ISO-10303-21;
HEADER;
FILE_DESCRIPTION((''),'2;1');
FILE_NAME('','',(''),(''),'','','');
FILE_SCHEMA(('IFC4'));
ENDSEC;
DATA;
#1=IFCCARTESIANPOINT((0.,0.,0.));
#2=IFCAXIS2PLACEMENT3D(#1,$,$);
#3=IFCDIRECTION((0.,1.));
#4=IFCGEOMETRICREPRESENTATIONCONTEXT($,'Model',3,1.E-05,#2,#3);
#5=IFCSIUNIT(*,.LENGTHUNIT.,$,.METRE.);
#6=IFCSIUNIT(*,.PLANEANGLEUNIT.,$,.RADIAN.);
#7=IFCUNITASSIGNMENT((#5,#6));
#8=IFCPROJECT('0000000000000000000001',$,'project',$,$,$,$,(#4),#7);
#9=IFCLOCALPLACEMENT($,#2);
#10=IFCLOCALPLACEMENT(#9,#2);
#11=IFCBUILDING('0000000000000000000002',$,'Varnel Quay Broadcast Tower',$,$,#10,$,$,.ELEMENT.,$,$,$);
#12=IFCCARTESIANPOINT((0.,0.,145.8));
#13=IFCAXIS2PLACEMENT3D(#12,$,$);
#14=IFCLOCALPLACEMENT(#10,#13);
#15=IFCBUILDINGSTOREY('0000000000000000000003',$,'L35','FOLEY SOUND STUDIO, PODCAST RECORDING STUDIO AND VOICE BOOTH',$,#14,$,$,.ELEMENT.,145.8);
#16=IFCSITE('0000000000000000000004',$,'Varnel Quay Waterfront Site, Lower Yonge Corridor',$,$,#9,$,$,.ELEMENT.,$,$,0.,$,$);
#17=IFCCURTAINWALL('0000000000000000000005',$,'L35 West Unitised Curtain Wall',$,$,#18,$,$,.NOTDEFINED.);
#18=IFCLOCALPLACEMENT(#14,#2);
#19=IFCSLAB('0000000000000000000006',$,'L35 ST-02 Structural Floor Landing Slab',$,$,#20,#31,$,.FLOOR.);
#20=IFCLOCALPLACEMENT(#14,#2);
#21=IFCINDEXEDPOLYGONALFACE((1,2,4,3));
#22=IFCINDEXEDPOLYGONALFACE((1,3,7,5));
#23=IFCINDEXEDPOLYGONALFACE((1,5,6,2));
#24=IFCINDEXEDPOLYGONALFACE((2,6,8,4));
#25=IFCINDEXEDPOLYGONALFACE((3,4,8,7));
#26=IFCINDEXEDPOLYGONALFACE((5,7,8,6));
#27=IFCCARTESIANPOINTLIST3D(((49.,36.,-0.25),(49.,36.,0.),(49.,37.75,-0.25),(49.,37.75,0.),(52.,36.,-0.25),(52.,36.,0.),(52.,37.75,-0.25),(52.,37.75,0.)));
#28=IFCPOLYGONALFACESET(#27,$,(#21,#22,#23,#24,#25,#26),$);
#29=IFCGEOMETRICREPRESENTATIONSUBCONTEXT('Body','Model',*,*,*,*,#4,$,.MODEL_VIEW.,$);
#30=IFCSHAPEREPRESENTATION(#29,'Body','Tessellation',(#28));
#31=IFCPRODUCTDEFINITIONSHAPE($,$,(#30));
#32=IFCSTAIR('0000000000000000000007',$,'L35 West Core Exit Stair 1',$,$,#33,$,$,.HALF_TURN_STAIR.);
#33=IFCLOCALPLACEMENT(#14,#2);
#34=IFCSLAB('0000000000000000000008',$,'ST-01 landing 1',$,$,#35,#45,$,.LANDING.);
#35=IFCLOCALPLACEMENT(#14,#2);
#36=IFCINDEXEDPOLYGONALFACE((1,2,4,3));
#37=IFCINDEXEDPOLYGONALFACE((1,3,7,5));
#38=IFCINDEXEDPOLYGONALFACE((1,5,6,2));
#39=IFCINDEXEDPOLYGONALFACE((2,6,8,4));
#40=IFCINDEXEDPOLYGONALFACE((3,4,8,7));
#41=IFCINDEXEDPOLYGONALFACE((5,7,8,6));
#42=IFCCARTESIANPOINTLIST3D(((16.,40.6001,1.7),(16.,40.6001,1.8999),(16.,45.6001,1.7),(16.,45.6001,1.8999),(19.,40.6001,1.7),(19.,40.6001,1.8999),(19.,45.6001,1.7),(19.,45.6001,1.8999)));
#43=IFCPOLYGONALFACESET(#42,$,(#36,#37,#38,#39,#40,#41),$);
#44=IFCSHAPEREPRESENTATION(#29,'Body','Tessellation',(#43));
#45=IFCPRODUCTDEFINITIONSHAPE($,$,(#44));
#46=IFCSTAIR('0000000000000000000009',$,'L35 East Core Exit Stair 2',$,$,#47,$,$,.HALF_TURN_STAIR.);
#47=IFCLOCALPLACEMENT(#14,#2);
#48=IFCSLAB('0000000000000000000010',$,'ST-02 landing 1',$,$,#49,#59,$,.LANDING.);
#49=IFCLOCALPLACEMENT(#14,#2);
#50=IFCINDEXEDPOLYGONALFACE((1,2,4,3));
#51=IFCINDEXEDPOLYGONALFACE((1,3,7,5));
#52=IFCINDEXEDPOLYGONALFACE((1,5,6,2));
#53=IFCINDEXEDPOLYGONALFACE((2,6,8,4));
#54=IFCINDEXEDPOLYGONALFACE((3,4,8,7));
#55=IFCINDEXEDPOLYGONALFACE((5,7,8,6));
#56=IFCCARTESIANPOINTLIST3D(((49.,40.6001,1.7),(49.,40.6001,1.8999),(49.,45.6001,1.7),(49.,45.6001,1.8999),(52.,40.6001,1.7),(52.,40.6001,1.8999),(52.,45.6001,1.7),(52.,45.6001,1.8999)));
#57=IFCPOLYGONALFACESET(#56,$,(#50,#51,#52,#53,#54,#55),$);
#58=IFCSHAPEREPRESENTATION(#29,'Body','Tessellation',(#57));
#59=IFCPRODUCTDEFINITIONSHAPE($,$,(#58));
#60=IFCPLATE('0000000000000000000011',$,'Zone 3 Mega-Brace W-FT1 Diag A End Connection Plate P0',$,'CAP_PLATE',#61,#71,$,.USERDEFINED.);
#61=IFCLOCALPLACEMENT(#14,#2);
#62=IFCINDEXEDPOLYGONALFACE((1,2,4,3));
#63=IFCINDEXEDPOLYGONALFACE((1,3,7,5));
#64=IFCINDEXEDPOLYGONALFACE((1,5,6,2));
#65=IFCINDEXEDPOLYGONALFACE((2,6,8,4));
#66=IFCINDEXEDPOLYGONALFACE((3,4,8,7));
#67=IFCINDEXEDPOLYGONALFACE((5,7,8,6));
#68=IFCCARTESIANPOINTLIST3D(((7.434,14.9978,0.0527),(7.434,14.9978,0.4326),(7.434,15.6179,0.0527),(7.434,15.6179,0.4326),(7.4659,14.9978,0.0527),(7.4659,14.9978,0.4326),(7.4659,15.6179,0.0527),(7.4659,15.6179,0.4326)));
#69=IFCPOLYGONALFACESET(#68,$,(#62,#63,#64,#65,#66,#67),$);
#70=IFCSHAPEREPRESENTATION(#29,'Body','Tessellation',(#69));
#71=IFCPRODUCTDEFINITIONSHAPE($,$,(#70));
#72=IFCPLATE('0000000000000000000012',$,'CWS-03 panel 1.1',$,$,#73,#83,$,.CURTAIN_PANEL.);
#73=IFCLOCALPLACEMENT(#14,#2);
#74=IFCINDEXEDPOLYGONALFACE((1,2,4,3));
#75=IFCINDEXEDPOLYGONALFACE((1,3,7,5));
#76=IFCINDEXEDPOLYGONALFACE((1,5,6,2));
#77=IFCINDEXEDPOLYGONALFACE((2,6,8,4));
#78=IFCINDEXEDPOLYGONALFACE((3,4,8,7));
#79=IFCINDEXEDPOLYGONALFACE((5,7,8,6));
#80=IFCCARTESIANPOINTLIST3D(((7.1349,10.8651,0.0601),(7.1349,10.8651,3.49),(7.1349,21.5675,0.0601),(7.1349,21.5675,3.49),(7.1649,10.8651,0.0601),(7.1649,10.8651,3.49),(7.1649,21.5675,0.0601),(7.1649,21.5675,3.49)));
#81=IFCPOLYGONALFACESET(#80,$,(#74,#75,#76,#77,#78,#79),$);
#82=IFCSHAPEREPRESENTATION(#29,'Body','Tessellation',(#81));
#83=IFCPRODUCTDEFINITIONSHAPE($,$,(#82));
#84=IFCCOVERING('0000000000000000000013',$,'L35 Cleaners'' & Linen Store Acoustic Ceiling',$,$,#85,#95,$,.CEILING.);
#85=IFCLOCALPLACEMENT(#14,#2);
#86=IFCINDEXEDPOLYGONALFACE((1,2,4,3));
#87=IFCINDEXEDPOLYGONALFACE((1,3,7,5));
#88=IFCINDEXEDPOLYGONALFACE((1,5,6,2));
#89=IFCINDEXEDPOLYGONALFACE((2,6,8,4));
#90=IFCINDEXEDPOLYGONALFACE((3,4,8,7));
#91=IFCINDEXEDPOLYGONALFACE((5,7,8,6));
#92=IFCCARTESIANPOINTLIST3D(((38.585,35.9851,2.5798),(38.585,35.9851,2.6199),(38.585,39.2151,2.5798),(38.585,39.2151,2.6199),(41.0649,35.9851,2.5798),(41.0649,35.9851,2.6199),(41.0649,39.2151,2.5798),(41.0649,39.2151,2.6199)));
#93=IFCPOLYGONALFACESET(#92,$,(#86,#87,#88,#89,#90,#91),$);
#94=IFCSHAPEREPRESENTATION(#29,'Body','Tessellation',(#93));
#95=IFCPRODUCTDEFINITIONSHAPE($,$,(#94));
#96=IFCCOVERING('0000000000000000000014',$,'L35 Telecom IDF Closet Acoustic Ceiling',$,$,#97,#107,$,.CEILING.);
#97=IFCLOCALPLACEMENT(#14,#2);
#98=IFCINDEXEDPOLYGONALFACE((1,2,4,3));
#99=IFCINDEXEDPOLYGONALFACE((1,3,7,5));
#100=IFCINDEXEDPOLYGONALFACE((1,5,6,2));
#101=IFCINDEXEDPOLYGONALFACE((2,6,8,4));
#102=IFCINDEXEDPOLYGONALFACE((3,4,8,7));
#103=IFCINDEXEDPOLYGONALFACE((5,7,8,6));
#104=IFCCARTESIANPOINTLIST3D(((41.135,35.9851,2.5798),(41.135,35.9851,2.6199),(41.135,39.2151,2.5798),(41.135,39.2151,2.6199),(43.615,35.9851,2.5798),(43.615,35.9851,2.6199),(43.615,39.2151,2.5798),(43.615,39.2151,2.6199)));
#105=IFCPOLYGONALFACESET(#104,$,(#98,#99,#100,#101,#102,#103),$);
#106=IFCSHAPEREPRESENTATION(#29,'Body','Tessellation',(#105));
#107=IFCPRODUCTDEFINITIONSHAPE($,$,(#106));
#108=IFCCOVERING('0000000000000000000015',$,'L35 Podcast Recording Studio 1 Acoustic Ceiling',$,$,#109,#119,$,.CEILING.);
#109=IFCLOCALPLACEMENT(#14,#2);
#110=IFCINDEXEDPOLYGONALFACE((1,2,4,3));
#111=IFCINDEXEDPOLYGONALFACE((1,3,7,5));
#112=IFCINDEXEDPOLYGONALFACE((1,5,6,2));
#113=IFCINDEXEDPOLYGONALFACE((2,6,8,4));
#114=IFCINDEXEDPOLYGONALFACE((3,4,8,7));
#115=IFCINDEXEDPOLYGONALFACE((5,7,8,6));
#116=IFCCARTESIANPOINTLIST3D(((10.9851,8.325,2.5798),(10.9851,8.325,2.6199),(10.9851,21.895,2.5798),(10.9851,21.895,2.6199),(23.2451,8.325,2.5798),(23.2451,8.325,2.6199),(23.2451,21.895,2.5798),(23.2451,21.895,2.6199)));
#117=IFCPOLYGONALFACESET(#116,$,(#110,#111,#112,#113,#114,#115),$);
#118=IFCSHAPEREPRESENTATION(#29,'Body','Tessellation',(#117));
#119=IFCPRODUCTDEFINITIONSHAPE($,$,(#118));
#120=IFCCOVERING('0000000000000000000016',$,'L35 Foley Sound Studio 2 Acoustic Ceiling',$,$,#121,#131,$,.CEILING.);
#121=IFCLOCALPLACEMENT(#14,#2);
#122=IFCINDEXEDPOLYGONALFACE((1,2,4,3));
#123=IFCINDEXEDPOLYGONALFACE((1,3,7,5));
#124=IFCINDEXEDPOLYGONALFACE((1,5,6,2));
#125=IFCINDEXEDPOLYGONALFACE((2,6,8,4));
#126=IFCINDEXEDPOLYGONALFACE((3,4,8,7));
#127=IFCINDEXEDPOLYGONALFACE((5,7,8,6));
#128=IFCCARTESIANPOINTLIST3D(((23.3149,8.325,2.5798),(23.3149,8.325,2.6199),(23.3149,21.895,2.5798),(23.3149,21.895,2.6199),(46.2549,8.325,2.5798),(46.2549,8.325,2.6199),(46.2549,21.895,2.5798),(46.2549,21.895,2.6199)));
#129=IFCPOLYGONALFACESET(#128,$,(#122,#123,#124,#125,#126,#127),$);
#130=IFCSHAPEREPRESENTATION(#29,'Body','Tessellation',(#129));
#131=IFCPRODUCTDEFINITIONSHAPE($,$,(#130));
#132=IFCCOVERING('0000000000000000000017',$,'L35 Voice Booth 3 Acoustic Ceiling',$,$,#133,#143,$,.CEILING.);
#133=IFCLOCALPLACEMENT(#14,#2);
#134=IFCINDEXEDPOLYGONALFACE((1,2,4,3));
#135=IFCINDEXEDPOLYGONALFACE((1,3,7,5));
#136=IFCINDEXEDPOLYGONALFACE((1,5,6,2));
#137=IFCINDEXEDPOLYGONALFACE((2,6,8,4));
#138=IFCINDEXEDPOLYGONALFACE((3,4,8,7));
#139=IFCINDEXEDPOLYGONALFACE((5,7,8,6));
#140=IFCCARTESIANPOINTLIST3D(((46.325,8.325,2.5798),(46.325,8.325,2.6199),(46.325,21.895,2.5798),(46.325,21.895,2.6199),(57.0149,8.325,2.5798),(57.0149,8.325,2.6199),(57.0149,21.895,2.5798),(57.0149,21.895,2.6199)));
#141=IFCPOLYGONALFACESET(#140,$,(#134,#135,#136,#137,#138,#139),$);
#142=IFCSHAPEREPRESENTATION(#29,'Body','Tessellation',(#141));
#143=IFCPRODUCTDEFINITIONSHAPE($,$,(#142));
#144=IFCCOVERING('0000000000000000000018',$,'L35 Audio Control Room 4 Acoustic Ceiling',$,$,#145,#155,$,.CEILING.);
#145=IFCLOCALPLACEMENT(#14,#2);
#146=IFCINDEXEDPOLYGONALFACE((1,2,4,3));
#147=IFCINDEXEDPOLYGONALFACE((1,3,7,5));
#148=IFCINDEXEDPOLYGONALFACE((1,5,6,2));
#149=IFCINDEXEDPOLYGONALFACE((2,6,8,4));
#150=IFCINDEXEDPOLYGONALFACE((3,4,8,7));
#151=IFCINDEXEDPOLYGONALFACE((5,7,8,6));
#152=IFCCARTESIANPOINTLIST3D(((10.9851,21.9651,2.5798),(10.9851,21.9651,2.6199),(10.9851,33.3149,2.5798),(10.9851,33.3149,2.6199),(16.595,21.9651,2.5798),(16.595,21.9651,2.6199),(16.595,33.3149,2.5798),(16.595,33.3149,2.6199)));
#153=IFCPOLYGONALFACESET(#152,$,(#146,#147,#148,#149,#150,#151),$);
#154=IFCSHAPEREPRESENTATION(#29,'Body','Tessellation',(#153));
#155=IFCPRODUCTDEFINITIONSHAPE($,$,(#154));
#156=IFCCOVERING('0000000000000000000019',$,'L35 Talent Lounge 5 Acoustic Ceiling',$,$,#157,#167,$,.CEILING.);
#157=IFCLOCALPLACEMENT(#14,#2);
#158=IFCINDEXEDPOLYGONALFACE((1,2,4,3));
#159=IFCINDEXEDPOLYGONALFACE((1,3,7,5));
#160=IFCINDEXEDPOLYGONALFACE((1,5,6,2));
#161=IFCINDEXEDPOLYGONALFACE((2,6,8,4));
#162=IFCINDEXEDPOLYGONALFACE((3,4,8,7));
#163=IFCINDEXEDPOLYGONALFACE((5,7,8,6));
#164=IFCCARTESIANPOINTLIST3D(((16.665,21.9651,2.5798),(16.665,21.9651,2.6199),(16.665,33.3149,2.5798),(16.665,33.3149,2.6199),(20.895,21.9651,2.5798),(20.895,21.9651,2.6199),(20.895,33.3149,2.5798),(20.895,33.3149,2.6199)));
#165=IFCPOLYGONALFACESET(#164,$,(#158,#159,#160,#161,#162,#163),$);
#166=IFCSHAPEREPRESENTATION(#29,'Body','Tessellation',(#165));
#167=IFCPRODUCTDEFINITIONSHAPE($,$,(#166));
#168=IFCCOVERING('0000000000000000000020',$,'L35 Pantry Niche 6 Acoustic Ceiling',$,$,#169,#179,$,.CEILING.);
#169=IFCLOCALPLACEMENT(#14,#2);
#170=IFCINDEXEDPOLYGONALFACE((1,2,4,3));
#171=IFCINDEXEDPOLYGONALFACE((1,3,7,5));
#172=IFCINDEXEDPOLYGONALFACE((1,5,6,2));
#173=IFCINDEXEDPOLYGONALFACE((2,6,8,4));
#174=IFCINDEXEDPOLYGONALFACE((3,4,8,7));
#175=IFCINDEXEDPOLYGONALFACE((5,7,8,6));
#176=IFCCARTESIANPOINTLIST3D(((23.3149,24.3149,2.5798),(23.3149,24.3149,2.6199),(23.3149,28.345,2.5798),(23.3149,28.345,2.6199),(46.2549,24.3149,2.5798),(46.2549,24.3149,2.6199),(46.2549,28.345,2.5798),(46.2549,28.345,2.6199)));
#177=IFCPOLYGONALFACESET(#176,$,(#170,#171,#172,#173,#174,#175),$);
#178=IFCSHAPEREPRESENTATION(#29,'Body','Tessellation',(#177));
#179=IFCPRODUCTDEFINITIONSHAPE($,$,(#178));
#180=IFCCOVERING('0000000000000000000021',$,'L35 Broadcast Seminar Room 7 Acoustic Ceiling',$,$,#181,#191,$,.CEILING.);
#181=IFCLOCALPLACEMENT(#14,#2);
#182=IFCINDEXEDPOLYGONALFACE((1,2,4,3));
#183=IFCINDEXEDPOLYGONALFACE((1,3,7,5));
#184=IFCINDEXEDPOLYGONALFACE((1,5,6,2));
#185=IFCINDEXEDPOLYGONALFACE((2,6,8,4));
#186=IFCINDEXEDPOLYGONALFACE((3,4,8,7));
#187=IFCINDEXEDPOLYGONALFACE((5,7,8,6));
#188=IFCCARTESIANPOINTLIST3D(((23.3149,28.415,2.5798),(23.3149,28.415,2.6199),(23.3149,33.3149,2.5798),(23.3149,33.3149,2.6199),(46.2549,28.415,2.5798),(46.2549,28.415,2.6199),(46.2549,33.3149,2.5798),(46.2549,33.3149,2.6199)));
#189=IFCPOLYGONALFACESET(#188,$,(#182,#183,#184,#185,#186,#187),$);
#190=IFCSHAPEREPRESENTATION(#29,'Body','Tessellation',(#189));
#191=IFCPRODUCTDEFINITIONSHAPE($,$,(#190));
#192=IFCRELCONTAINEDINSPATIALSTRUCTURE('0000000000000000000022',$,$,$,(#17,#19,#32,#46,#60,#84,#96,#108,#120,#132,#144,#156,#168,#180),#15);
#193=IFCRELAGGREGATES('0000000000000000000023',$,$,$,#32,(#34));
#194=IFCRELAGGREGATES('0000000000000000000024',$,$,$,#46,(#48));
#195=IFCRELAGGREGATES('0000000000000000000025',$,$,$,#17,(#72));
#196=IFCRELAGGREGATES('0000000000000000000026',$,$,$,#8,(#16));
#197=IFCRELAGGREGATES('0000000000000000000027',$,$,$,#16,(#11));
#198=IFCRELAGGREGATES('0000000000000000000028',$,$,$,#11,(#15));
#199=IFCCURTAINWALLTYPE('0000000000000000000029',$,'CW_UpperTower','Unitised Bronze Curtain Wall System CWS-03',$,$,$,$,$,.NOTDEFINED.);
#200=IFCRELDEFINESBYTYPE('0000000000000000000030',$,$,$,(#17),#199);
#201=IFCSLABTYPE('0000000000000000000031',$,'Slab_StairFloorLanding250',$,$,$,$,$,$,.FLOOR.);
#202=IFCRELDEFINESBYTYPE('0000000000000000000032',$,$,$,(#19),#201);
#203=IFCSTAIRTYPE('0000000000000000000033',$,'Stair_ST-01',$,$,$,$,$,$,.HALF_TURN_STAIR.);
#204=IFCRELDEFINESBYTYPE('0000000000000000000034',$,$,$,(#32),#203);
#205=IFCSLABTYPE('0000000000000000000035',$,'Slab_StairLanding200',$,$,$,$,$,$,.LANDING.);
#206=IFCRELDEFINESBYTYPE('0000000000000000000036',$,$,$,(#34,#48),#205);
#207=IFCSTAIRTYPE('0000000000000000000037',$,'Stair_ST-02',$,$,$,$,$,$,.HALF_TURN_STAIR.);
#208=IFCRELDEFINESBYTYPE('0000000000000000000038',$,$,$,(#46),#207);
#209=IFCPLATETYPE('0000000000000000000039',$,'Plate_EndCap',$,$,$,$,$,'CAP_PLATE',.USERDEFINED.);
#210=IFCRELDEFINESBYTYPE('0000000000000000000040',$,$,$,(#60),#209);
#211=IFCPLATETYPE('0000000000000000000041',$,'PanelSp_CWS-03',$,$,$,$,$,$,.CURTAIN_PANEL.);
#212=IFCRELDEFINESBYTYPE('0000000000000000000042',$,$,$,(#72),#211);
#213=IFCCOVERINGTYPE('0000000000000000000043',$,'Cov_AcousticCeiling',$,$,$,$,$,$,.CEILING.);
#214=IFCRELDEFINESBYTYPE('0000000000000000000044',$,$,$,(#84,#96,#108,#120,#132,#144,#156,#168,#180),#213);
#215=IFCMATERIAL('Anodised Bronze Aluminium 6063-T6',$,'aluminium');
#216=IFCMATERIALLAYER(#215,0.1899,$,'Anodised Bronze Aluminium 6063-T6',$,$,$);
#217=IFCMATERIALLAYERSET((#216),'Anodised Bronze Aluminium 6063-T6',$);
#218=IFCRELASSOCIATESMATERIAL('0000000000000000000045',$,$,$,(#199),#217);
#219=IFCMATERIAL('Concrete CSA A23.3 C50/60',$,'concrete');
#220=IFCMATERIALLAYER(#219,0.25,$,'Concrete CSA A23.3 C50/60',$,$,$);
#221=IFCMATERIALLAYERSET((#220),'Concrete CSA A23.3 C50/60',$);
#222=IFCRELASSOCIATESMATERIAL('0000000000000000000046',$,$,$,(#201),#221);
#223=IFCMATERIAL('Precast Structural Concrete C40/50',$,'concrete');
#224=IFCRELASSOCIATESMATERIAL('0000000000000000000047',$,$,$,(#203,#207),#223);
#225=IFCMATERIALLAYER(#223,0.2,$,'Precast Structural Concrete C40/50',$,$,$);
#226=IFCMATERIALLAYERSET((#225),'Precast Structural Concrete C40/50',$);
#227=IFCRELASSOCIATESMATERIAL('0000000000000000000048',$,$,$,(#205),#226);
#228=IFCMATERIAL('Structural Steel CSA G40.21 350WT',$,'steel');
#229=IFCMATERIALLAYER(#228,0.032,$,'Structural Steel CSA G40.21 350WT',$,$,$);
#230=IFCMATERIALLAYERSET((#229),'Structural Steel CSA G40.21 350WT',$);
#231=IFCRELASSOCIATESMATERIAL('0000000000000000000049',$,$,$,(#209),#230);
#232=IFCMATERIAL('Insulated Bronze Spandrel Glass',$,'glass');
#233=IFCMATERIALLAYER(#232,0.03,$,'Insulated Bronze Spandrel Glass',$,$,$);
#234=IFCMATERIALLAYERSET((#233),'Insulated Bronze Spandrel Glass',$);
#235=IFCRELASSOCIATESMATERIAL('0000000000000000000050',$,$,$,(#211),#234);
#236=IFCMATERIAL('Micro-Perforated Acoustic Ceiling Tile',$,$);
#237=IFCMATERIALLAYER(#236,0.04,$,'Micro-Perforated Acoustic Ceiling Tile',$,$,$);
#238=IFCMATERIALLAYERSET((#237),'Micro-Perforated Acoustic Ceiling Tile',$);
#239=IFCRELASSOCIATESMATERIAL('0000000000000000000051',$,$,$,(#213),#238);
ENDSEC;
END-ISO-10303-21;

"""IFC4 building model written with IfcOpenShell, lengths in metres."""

from ifc_helpers import new_model, si_unit, direction, frame, origin, origin_2d, place, context, subcontext, project, spatial, polyline, rectangle, outline, extrude, source, transform, mapped, material, layer, layer_set, type_object, type_shapes, element, aggregate, save


model = new_model("IFC4")

# Units and contexts
model_context = context("Model", 3, precision=1e-05, world=origin(), true_north=direction((0.0, 1.0)))
body_context = subcontext(model_context, "Body", "Model", "MODEL_VIEW")
ifc_project = project(units=[si_unit("LENGTHUNIT", "METRE"), si_unit("PLANEANGLEUNIT", "RADIAN")], contexts=[model_context])

# Site, building, storey
site_placement = place(None, origin())
site = spatial("IfcSite", under=ifc_project, at=site_placement, Name="Varnel Quay Waterfront Site, Lower Yonge Corridor", CompositionType="ELEMENT", RefElevation=0.0)
building_placement = place(site_placement, origin())
building = spatial("IfcBuilding", under=site, at=building_placement, Name="Varnel Quay Broadcast Tower", CompositionType="ELEMENT")
storey_placement = place(building_placement, frame((0.0, 0.0, 145.8)))
storey = spatial("IfcBuildingStorey", under=building, at=storey_placement, Name="L35", Description="FOLEY SOUND STUDIO, PODCAST RECORDING STUDIO AND VOICE BOOTH", CompositionType="ELEMENT", Elevation=145.8)

# Shared definitions
ifc_material_1 = material(Name="Structural Steel CSA G40.21 350WT", Category="steel")

# Curtain wall
ifc_material_2 = material(Name="Anodised Bronze Aluminium 6063-T6", Category="aluminium")
ifc_layer_1 = layer(ifc_material_2, 0.1899, Name="Anodised Bronze Aluminium 6063-T6")
ifc_layer_set_1 = layer_set([ifc_layer_1], Name="Anodised Bronze Aluminium 6063-T6")
curtain_wall_type_1 = type_object("IfcCurtainWallType", Name="CW_UpperTower", Description="Unitised Bronze Curtain Wall System CWS-03", PredefinedType="NOTDEFINED", material=ifc_layer_set_1)
curtain_wall_1_placement = place(storey_placement, origin())
curtain_wall_1 = element("IfcCurtainWall", 1, at=curtain_wall_1_placement, inside=storey, type_object=curtain_wall_type_1, Name="L35 West Unitised Curtain Wall", PredefinedType="NOTDEFINED")

# Slab
ifc_material_3 = material(Name="Concrete CSA A23.3 C50/60", Category="concrete")
ifc_layer_2 = layer(ifc_material_3, 0.25, Name="Concrete CSA A23.3 C50/60")
ifc_layer_set_2 = layer_set([ifc_layer_2], Name="Concrete CSA A23.3 C50/60")
slab_type_1 = type_object("IfcSlabType", Name="Slab_StairFloorLanding250", PredefinedType="FLOOR", material=ifc_layer_set_2)
slab_1_placement = place(storey_placement, frame((0.0, 0.0, -0.25)))
element("IfcSlab", 2, at=slab_1_placement, inside=storey, type_object=slab_type_1, Name="L35 ST-02 Structural Floor Landing Slab", PredefinedType="FLOOR", context=body_context, shape_type="SweptSolid", body=[
    extrude(outline(polyline([(52.0, 36.0), (52.0, 37.75), (49.0, 37.75), (49.0, 36.0), (52.0, 36.0)])), origin(), (0.0, 0.0, 1.0), 0.25),
])

# Stairs, slabs
ifc_material_4 = material(Name="Precast Structural Concrete C40/50", Category="concrete")
stair_type_1 = type_object("IfcStairType", Name="Stair_ST-01", PredefinedType="HALF_TURN_STAIR", material=ifc_material_4)
stair_1_placement = place(storey_placement, origin())
stair_1 = element("IfcStair", 3, at=stair_1_placement, inside=storey, type_object=stair_type_1, Name="L35 West Core Exit Stair 1", PredefinedType="HALF_TURN_STAIR")
ifc_layer_3 = layer(ifc_material_4, 0.2, Name="Precast Structural Concrete C40/50")
ifc_layer_set_3 = layer_set([ifc_layer_3], Name="Precast Structural Concrete C40/50")
slab_type_2 = type_object("IfcSlabType", Name="Slab_StairLanding200", PredefinedType="LANDING", material=ifc_layer_set_3)
slab_2_placement = place(storey_placement, frame((0.0, 0.0, 1.7)))
slab_2 = element("IfcSlab", 4, at=slab_2_placement, type_object=slab_type_2, Name="ST-01 landing 1", PredefinedType="LANDING", context=body_context, shape_type="SweptSolid", body=[
    extrude(outline(polyline([(19.0, 40.6001), (19.0, 45.6001), (16.0, 45.6001), (16.0, 40.6001), (19.0, 40.6001)])), origin(), (0.0, 0.0, 1.0), 0.2),
])
aggregate(stair_1, [slab_2])
stair_type_2 = type_object("IfcStairType", Name="Stair_ST-02", PredefinedType="HALF_TURN_STAIR", material=ifc_material_4)
stair_2_placement = place(storey_placement, origin())
stair_2 = element("IfcStair", 5, at=stair_2_placement, inside=storey, type_object=stair_type_2, Name="L35 East Core Exit Stair 2", PredefinedType="HALF_TURN_STAIR")
slab_3_placement = place(storey_placement, frame((0.0, 0.0, 1.7)))
slab_3 = element("IfcSlab", 6, at=slab_3_placement, type_object=slab_type_2, Name="ST-02 landing 1", PredefinedType="LANDING", context=body_context, shape_type="SweptSolid", body=[
    extrude(outline(polyline([(52.0, 40.6001), (52.0, 45.6001), (49.0, 45.6001), (49.0, 40.6001), (52.0, 40.6001)])), origin(), (0.0, 0.0, 1.0), 0.2),
])
aggregate(stair_2, [slab_3])

# Plates
ifc_layer_4 = layer(ifc_material_1, 0.032, Name="Structural Steel CSA G40.21 350WT")
ifc_layer_set_4 = layer_set([ifc_layer_4], Name="Structural Steel CSA G40.21 350WT")
plate_type_1 = type_object("IfcPlateType", Name="Plate_EndCap", ElementType="CAP_PLATE", PredefinedType="USERDEFINED", material=ifc_layer_set_4)
shared_shape_1 = source(origin(), body_context, "Body", "SweptSolid", [
    extrude(rectangle(XDim=0.6201, YDim=0.032, at=origin_2d()), origin(), (0.0, 0.0, 1.0), 0.3799),
])
type_shapes(plate_type_1, [shared_shape_1])
plate_1_placement = place(storey_placement, frame((7.45, 15.3079, 0.0527), z_axis=(0.0, 0.0, 1.0), x_axis=(0.0, 1.0, 0.0)))
element("IfcPlate", 7, at=plate_1_placement, inside=storey, type_object=plate_type_1, Name="Zone 3 Mega-Brace W-FT1 Diag A End Connection Plate P0", ObjectType="CAP_PLATE", PredefinedType="USERDEFINED", context=body_context, shape_type="MappedRepresentation", body=[
    mapped(shared_shape_1, transform((0.0, 0.0, 0.0), x_axis=(1.0, 0.0, 0.0), y_axis=(0.0, 1.0, 0.0), z_axis=(0.0, 0.0, 1.0), scale=1.0)),
])
ifc_material_5 = material(Name="Insulated Bronze Spandrel Glass", Category="glass")
ifc_layer_5 = layer(ifc_material_5, 0.03, Name="Insulated Bronze Spandrel Glass")
ifc_layer_set_5 = layer_set([ifc_layer_5], Name="Insulated Bronze Spandrel Glass")
plate_type_2 = type_object("IfcPlateType", Name="PanelSp_CWS-03", PredefinedType="CURTAIN_PANEL", material=ifc_layer_set_5)
shared_shape_2 = source(origin(), body_context, "Body", "SweptSolid", [
    extrude(rectangle(XDim=10.7024, YDim=0.03, at=origin_2d()), origin(), (0.0, 0.0, 1.0), 3.4299),
])
type_shapes(plate_type_2, [shared_shape_2])
plate_2_placement = place(storey_placement, frame((7.1499, 16.2163, 0.0601), z_axis=(0.0, 0.0, 1.0), x_axis=(0.0, 1.0, 0.0)))
plate_2 = element("IfcPlate", 8, at=plate_2_placement, type_object=plate_type_2, Name="CWS-03 panel 1.1", PredefinedType="CURTAIN_PANEL", context=body_context, shape_type="MappedRepresentation", body=[
    mapped(shared_shape_2, transform((0.0, 0.0, 0.0), x_axis=(1.0, 0.0, 0.0), y_axis=(0.0, 1.0, 0.0), z_axis=(0.0, 0.0, 1.0), scale=1.0)),
])
aggregate(curtain_wall_1, [plate_2])

# Coverings
ifc_material_6 = material(Name="Micro-Perforated Acoustic Ceiling Tile")
ifc_layer_6 = layer(ifc_material_6, 0.04, Name="Micro-Perforated Acoustic Ceiling Tile")
ifc_layer_set_6 = layer_set([ifc_layer_6], Name="Micro-Perforated Acoustic Ceiling Tile")
covering_type_1 = type_object("IfcCoveringType", Name="Cov_AcousticCeiling", PredefinedType="CEILING", material=ifc_layer_set_6)
covering_1_placement = place(storey_placement, frame((0.0, 0.0, 2.5798)))
element("IfcCovering", 9, at=covering_1_placement, inside=storey, type_object=covering_type_1, Name="L35 Cleaners' & Linen Store Acoustic Ceiling", PredefinedType="CEILING", context=body_context, shape_type="SweptSolid", body=[
    extrude(outline(polyline([(38.585, 35.9851), (41.0649, 35.9851), (41.0649, 39.2151), (38.585, 39.2151), (38.585, 35.9851)])), origin(), (0.0, 0.0, 1.0), 0.04),
])
covering_2_placement = place(storey_placement, frame((0.0, 0.0, 2.5798)))
element("IfcCovering", 10, at=covering_2_placement, inside=storey, type_object=covering_type_1, Name="L35 Telecom IDF Closet Acoustic Ceiling", PredefinedType="CEILING", context=body_context, shape_type="SweptSolid", body=[
    extrude(outline(polyline([(41.135, 35.9851), (43.615, 35.9851), (43.615, 39.2151), (41.135, 39.2151), (41.135, 35.9851)])), origin(), (0.0, 0.0, 1.0), 0.04),
])
covering_3_placement = place(storey_placement, frame((0.0, 0.0, 2.5798)))
element("IfcCovering", 11, at=covering_3_placement, inside=storey, type_object=covering_type_1, Name="L35 Podcast Recording Studio 1 Acoustic Ceiling", PredefinedType="CEILING", context=body_context, shape_type="SweptSolid", body=[
    extrude(outline(polyline([(10.9851, 8.325), (23.2451, 8.325), (23.2451, 21.895), (10.9851, 21.895), (10.9851, 8.325)])), origin(), (0.0, 0.0, 1.0), 0.04),
])
covering_4_placement = place(storey_placement, frame((0.0, 0.0, 2.5798)))
element("IfcCovering", 12, at=covering_4_placement, inside=storey, type_object=covering_type_1, Name="L35 Foley Sound Studio 2 Acoustic Ceiling", PredefinedType="CEILING", context=body_context, shape_type="SweptSolid", body=[
    extrude(outline(polyline([(23.3149, 8.325), (46.2549, 8.325), (46.2549, 21.895), (23.3149, 21.895), (23.3149, 8.325)])), origin(), (0.0, 0.0, 1.0), 0.04),
])
covering_5_placement = place(storey_placement, frame((0.0, 0.0, 2.5798)))
element("IfcCovering", 13, at=covering_5_placement, inside=storey, type_object=covering_type_1, Name="L35 Voice Booth 3 Acoustic Ceiling", PredefinedType="CEILING", context=body_context, shape_type="SweptSolid", body=[
    extrude(outline(polyline([(46.325, 8.325), (57.0149, 8.325), (57.0149, 21.895), (46.325, 21.895), (46.325, 8.325)])), origin(), (0.0, 0.0, 1.0), 0.04),
])
covering_6_placement = place(storey_placement, frame((0.0, 0.0, 2.5798)))
element("IfcCovering", 14, at=covering_6_placement, inside=storey, type_object=covering_type_1, Name="L35 Audio Control Room 4 Acoustic Ceiling", PredefinedType="CEILING", context=body_context, shape_type="SweptSolid", body=[
    extrude(outline(polyline([(10.9851, 21.9651), (16.595, 21.9651), (16.595, 33.3149), (10.9851, 33.3149), (10.9851, 21.9651)])), origin(), (0.0, 0.0, 1.0), 0.04),
])
covering_7_placement = place(storey_placement, frame((0.0, 0.0, 2.5798)))
element("IfcCovering", 15, at=covering_7_placement, inside=storey, type_object=covering_type_1, Name="L35 Talent Lounge 5 Acoustic Ceiling", PredefinedType="CEILING", context=body_context, shape_type="SweptSolid", body=[
    extrude(outline(polyline([(16.665, 21.9651), (20.895, 21.9651), (20.895, 33.3149), (16.665, 33.3149), (16.665, 21.9651)])), origin(), (0.0, 0.0, 1.0), 0.04),
])
covering_8_placement = place(storey_placement, frame((0.0, 0.0, 2.5798)))
element("IfcCovering", 16, at=covering_8_placement, inside=storey, type_object=covering_type_1, Name="L35 Pantry Niche 6 Acoustic Ceiling", PredefinedType="CEILING", context=body_context, shape_type="SweptSolid", body=[
    extrude(outline(polyline([(23.3149, 24.3149), (46.2549, 24.3149), (46.2549, 28.345), (23.3149, 28.345), (23.3149, 24.3149)])), origin(), (0.0, 0.0, 1.0), 0.04),
])
covering_9_placement = place(storey_placement, frame((0.0, 0.0, 2.5798)))
element("IfcCovering", 17, at=covering_9_placement, inside=storey, type_object=covering_type_1, Name="L35 Broadcast Seminar Room 7 Acoustic Ceiling", PredefinedType="CEILING", context=body_context, shape_type="SweptSolid", body=[
    extrude(outline(polyline([(23.3149, 28.415), (46.2549, 28.415), (46.2549, 33.3149), (23.3149, 33.3149), (23.3149, 28.415)])), origin(), (0.0, 0.0, 1.0), 0.04),
])

save(model, "model.ifc")
